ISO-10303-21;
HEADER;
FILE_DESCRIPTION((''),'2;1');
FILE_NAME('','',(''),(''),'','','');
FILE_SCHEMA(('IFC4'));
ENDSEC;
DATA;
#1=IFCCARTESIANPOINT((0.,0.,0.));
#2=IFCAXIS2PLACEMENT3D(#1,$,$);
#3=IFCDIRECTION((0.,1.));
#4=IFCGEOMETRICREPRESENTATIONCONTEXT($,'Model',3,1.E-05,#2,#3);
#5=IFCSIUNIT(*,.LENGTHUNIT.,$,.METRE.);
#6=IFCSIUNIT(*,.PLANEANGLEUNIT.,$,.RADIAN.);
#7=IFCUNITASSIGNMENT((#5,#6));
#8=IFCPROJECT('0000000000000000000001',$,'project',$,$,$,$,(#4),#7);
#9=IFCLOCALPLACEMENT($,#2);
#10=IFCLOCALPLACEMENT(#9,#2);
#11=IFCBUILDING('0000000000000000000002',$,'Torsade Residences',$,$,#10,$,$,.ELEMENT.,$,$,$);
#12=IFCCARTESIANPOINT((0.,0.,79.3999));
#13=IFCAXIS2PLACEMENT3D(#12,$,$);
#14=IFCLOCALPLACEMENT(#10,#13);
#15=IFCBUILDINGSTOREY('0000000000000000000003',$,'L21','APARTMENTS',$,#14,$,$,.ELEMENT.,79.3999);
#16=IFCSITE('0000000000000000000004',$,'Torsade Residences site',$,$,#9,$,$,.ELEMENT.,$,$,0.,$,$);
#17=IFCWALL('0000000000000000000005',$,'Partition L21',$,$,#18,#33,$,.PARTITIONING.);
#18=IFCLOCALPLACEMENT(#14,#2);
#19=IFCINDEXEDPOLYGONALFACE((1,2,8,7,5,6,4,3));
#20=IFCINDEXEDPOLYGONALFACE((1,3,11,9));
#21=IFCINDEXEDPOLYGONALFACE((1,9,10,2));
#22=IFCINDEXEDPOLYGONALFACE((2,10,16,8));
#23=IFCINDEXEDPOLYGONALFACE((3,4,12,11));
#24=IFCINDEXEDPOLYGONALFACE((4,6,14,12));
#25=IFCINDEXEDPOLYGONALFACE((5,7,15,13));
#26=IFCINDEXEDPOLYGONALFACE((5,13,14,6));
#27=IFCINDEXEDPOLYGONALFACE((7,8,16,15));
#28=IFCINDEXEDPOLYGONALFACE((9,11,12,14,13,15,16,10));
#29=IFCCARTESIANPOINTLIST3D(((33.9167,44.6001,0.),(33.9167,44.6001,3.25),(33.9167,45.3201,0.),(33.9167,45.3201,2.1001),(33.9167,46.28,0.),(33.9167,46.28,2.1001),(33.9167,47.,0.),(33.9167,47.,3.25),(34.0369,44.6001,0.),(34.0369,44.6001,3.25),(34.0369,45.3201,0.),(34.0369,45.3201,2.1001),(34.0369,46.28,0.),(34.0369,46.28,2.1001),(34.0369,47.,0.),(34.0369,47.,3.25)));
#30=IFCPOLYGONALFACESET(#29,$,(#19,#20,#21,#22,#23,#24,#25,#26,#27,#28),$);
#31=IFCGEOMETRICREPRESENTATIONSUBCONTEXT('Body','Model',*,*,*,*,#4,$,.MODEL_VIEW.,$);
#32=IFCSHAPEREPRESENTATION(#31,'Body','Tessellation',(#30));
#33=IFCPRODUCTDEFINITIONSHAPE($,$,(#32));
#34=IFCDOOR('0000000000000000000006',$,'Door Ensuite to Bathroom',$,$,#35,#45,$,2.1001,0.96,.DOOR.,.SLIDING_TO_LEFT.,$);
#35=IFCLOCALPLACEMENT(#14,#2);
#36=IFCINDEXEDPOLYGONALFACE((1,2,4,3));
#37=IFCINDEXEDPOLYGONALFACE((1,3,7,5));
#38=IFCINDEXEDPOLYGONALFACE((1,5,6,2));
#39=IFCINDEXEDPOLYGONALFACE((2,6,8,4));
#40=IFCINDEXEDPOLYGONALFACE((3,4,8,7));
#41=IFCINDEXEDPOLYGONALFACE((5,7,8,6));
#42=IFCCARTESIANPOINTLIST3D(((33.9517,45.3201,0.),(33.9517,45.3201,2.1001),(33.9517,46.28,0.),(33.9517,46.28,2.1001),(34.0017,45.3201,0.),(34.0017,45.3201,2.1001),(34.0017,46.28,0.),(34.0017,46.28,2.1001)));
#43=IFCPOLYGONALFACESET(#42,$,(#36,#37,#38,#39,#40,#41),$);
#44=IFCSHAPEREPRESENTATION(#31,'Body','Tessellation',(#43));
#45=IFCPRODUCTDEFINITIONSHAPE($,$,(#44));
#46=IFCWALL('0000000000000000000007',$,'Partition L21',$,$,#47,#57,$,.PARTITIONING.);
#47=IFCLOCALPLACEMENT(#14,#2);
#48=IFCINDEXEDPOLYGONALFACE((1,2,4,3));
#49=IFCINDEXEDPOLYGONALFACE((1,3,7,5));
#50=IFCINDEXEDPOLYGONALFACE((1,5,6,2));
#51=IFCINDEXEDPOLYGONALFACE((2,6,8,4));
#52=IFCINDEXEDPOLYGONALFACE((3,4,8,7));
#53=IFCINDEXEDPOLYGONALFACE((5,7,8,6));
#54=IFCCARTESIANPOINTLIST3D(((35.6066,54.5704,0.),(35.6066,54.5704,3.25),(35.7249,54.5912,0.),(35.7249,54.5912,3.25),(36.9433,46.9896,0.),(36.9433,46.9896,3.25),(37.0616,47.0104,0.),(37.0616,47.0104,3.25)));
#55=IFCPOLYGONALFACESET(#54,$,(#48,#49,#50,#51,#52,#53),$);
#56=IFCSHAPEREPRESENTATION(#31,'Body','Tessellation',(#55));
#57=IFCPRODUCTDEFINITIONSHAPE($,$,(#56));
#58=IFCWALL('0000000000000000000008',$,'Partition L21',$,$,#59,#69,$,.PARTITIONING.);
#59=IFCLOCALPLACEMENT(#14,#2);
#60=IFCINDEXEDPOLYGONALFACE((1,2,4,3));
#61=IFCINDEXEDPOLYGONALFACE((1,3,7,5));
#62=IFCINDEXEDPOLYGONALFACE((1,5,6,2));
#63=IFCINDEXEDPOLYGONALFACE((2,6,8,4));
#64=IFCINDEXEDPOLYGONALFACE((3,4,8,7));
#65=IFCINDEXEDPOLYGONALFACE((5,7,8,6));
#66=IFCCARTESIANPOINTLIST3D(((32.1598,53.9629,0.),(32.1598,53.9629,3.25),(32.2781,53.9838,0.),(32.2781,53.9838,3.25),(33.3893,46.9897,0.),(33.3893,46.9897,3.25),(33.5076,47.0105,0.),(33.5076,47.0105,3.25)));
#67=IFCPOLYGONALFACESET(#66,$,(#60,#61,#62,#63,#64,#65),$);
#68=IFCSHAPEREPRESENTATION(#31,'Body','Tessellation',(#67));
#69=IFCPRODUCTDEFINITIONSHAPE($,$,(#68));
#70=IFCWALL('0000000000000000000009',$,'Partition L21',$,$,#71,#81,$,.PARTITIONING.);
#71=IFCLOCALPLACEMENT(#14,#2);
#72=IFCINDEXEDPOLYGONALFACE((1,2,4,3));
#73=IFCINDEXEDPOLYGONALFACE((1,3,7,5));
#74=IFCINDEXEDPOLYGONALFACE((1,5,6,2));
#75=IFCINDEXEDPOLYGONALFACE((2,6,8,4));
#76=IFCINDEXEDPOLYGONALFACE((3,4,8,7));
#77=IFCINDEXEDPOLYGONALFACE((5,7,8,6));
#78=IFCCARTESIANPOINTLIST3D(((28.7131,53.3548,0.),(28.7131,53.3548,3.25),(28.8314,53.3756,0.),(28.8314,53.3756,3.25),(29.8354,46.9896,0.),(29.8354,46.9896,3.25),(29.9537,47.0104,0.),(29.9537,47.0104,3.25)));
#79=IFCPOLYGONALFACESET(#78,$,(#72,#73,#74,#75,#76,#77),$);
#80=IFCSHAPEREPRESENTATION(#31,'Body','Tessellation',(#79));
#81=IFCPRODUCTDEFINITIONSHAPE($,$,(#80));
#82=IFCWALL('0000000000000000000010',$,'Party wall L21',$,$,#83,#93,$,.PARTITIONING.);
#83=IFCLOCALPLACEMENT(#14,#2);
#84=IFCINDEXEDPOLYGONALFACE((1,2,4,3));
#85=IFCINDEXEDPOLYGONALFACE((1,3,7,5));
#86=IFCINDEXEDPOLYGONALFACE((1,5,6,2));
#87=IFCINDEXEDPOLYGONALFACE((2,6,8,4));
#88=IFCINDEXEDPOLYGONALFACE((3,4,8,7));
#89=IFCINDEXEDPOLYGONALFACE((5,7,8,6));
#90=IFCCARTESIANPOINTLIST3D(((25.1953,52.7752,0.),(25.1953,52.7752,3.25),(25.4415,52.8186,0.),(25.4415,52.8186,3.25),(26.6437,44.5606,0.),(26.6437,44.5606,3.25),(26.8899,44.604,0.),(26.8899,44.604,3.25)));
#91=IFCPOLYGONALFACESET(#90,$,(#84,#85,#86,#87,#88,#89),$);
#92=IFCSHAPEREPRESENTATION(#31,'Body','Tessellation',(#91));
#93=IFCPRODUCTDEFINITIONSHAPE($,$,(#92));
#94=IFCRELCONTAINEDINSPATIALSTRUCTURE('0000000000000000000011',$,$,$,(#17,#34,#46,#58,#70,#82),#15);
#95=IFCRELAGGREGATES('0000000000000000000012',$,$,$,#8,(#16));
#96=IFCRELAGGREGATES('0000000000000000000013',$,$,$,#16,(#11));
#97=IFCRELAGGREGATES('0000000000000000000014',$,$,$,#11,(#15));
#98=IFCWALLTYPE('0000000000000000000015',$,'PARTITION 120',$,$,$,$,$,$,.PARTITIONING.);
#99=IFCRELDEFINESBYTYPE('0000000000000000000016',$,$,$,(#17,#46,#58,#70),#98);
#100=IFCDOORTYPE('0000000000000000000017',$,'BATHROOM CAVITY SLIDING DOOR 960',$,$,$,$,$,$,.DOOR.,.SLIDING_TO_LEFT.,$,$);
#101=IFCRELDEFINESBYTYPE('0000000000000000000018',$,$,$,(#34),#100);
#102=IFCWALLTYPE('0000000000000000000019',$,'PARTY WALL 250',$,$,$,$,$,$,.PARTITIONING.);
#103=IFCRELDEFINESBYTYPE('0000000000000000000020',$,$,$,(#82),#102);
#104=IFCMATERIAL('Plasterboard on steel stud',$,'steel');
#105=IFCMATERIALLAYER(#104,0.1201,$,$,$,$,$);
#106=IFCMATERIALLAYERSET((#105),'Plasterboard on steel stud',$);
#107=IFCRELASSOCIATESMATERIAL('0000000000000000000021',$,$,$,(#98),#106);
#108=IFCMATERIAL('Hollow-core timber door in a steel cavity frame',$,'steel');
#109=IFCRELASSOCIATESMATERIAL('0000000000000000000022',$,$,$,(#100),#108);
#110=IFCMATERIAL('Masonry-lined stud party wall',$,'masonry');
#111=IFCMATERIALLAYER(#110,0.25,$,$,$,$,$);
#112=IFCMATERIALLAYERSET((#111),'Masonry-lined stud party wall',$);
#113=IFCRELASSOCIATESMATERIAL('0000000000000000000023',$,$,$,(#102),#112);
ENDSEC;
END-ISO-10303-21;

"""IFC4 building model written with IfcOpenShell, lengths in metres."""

from ifc_helpers import new_model, si_unit, direction, frame, frame_2d, origin, place, context, subcontext, project, spatial, rectangle, extrude, material, layer, layer_set, type_object, element, fill, save


model = new_model("IFC4")

# Units and contexts
model_context = context("Model", 3, precision=1e-05, world=origin(), true_north=direction((0.0, 1.0)))
body_context = subcontext(model_context, "Body", "Model", "MODEL_VIEW")
ifc_project = project(units=[si_unit("LENGTHUNIT", "METRE"), si_unit("PLANEANGLEUNIT", "RADIAN")], contexts=[model_context])

# Site, building, storey
site_placement = place(None, origin())
site = spatial("IfcSite", under=ifc_project, at=site_placement, Name="Torsade Residences site", CompositionType="ELEMENT", RefElevation=0.0)
building_placement = place(site_placement, origin())
building = spatial("IfcBuilding", under=site, at=building_placement, Name="Torsade Residences", CompositionType="ELEMENT")
storey_placement = place(building_placement, frame((0.0, 0.0, 79.3999)))
storey = spatial("IfcBuildingStorey", under=building, at=storey_placement, Name="L21", Description="APARTMENTS", CompositionType="ELEMENT", Elevation=79.3999)

# Wall, opening, door
ifc_material_1 = material(Name="Plasterboard on steel stud", Category="steel")
ifc_layer_1 = layer(ifc_material_1, 0.1201)
ifc_layer_set_1 = layer_set([ifc_layer_1], Name="Plasterboard on steel stud")
wall_type_1 = type_object("IfcWallType", Name="PARTITION 120", PredefinedType="PARTITIONING", material=ifc_layer_set_1)
wall_1_placement = place(storey_placement, frame((33.9768, 47.0, 0.0), z_axis=(0.0, 0.0, 1.0), x_axis=(0.0, -1.0, 0.0)))
wall_1 = element("IfcWall", 1, at=wall_1_placement, inside=storey, type_object=wall_type_1, Name="Partition L21", PredefinedType="PARTITIONING", context=body_context, shape_type="SweptSolid", body=[
    extrude(rectangle(XDim=2.3999, YDim=0.1201, at=frame_2d((1.2, 0.0))), origin(), (0.0, 0.0, 1.0), 3.25),
])
opening_1_placement = place(wall_1_placement, frame((0.72, 0.0, 0.0)))
opening_1 = element("IfcOpeningElement", 2, at=opening_1_placement, cuts=wall_1, PredefinedType="OPENING", context=body_context, shape_type="SweptSolid", body=[
    extrude(rectangle(XDim=0.96, YDim=2.1001, at=frame_2d((0.48, 1.05))), frame((0.0, 0.0701, 0.0), z_axis=(0.0, -1.0, 0.0), x_axis=(1.0, 0.0, 0.0)), (0.0, 0.0, 1.0), 0.1401),
])
ifc_material_2 = material(Name="Hollow-core timber door in a steel cavity frame", Category="steel")
door_type_1 = type_object("IfcDoorType", Name="BATHROOM CAVITY SLIDING DOOR 960", OperationType="SLIDING_TO_LEFT", PredefinedType="DOOR", material=ifc_material_2)
door_1_placement = place(opening_1_placement, origin())
door_1 = element("IfcDoor", 3, at=door_1_placement, inside=storey, type_object=door_type_1, Name="Door Ensuite to Bathroom", OperationType="SLIDING_TO_LEFT", OverallHeight=2.1001, OverallWidth=0.96, PredefinedType="DOOR", context=body_context, shape_type="SweptSolid", body=[
    extrude(rectangle(XDim=0.96, YDim=2.1001, at=frame_2d((0.48, 1.05))), frame((0.0, 0.0249, 0.0), z_axis=(0.0, -1.0, 0.0), x_axis=(1.0, 0.0, 0.0)), (0.0, 0.0, 1.0), 0.05),
])
fill(opening_1, door_1)

# Walls
wall_2_placement = place(storey_placement, frame((37.0024, 47.0, 0.0), z_axis=(0.0, 0.0, 1.0), x_axis=(-0.173644, 0.984808, 0.0)))
element("IfcWall", 4, at=wall_2_placement, inside=storey, type_object=wall_type_1, Name="Partition L21", PredefinedType="PARTITIONING", context=body_context, shape_type="SweptSolid", body=[
    extrude(rectangle(XDim=7.6978, YDim=0.1201, at=frame_2d((3.8489, 0.0))), origin(), (0.0, 0.0, 1.0), 3.25),
])
wall_3_placement = place(storey_placement, frame((33.4485, 47.0, 0.0), z_axis=(0.0, 0.0, 1.0), x_axis=(-0.17364, 0.984809, 0.0)))
element("IfcWall", 5, at=wall_3_placement, inside=storey, type_object=wall_type_1, Name="Partition L21", PredefinedType="PARTITIONING", context=body_context, shape_type="SweptSolid", body=[
    extrude(rectangle(XDim=7.0808, YDim=0.1201, at=frame_2d((3.5405, 0.0))), origin(), (0.0, 0.0, 1.0), 3.25),
])
wall_4_placement = place(storey_placement, frame((29.8945, 47.0, 0.0), z_axis=(0.0, 0.0, 1.0), x_axis=(-0.173641, 0.984809, 0.0)))
element("IfcWall", 6, at=wall_4_placement, inside=storey, type_object=wall_type_1, Name="Partition L21", PredefinedType="PARTITIONING", context=body_context, shape_type="SweptSolid", body=[
    extrude(rectangle(XDim=6.4634, YDim=0.1201, at=frame_2d((3.2317, 0.0))), origin(), (0.0, 0.0, 1.0), 3.25),
])
ifc_material_3 = material(Name="Masonry-lined stud party wall", Category="masonry")
ifc_layer_2 = layer(ifc_material_3, 0.25)
ifc_layer_set_2 = layer_set([ifc_layer_2], Name="Masonry-lined stud party wall")
wall_type_2 = type_object("IfcWallType", Name="PARTY WALL 250", PredefinedType="PARTITIONING", material=ifc_layer_set_2)
wall_5_placement = place(storey_placement, frame((25.3184, 52.7969, 0.0), z_axis=(0.0, 0.0, 1.0), x_axis=(0.173652, -0.984807, 0.0)))
element("IfcWall", 7, at=wall_5_placement, inside=storey, type_object=wall_type_2, Name="Party wall L21", PredefinedType="PARTITIONING", context=body_context, shape_type="SweptSolid", body=[
    extrude(rectangle(XDim=8.3413, YDim=0.25, at=frame_2d((4.1707, 0.0))), origin(), (0.0, 0.0, 1.0), 3.25),
])

save(model, "model.ifc")
